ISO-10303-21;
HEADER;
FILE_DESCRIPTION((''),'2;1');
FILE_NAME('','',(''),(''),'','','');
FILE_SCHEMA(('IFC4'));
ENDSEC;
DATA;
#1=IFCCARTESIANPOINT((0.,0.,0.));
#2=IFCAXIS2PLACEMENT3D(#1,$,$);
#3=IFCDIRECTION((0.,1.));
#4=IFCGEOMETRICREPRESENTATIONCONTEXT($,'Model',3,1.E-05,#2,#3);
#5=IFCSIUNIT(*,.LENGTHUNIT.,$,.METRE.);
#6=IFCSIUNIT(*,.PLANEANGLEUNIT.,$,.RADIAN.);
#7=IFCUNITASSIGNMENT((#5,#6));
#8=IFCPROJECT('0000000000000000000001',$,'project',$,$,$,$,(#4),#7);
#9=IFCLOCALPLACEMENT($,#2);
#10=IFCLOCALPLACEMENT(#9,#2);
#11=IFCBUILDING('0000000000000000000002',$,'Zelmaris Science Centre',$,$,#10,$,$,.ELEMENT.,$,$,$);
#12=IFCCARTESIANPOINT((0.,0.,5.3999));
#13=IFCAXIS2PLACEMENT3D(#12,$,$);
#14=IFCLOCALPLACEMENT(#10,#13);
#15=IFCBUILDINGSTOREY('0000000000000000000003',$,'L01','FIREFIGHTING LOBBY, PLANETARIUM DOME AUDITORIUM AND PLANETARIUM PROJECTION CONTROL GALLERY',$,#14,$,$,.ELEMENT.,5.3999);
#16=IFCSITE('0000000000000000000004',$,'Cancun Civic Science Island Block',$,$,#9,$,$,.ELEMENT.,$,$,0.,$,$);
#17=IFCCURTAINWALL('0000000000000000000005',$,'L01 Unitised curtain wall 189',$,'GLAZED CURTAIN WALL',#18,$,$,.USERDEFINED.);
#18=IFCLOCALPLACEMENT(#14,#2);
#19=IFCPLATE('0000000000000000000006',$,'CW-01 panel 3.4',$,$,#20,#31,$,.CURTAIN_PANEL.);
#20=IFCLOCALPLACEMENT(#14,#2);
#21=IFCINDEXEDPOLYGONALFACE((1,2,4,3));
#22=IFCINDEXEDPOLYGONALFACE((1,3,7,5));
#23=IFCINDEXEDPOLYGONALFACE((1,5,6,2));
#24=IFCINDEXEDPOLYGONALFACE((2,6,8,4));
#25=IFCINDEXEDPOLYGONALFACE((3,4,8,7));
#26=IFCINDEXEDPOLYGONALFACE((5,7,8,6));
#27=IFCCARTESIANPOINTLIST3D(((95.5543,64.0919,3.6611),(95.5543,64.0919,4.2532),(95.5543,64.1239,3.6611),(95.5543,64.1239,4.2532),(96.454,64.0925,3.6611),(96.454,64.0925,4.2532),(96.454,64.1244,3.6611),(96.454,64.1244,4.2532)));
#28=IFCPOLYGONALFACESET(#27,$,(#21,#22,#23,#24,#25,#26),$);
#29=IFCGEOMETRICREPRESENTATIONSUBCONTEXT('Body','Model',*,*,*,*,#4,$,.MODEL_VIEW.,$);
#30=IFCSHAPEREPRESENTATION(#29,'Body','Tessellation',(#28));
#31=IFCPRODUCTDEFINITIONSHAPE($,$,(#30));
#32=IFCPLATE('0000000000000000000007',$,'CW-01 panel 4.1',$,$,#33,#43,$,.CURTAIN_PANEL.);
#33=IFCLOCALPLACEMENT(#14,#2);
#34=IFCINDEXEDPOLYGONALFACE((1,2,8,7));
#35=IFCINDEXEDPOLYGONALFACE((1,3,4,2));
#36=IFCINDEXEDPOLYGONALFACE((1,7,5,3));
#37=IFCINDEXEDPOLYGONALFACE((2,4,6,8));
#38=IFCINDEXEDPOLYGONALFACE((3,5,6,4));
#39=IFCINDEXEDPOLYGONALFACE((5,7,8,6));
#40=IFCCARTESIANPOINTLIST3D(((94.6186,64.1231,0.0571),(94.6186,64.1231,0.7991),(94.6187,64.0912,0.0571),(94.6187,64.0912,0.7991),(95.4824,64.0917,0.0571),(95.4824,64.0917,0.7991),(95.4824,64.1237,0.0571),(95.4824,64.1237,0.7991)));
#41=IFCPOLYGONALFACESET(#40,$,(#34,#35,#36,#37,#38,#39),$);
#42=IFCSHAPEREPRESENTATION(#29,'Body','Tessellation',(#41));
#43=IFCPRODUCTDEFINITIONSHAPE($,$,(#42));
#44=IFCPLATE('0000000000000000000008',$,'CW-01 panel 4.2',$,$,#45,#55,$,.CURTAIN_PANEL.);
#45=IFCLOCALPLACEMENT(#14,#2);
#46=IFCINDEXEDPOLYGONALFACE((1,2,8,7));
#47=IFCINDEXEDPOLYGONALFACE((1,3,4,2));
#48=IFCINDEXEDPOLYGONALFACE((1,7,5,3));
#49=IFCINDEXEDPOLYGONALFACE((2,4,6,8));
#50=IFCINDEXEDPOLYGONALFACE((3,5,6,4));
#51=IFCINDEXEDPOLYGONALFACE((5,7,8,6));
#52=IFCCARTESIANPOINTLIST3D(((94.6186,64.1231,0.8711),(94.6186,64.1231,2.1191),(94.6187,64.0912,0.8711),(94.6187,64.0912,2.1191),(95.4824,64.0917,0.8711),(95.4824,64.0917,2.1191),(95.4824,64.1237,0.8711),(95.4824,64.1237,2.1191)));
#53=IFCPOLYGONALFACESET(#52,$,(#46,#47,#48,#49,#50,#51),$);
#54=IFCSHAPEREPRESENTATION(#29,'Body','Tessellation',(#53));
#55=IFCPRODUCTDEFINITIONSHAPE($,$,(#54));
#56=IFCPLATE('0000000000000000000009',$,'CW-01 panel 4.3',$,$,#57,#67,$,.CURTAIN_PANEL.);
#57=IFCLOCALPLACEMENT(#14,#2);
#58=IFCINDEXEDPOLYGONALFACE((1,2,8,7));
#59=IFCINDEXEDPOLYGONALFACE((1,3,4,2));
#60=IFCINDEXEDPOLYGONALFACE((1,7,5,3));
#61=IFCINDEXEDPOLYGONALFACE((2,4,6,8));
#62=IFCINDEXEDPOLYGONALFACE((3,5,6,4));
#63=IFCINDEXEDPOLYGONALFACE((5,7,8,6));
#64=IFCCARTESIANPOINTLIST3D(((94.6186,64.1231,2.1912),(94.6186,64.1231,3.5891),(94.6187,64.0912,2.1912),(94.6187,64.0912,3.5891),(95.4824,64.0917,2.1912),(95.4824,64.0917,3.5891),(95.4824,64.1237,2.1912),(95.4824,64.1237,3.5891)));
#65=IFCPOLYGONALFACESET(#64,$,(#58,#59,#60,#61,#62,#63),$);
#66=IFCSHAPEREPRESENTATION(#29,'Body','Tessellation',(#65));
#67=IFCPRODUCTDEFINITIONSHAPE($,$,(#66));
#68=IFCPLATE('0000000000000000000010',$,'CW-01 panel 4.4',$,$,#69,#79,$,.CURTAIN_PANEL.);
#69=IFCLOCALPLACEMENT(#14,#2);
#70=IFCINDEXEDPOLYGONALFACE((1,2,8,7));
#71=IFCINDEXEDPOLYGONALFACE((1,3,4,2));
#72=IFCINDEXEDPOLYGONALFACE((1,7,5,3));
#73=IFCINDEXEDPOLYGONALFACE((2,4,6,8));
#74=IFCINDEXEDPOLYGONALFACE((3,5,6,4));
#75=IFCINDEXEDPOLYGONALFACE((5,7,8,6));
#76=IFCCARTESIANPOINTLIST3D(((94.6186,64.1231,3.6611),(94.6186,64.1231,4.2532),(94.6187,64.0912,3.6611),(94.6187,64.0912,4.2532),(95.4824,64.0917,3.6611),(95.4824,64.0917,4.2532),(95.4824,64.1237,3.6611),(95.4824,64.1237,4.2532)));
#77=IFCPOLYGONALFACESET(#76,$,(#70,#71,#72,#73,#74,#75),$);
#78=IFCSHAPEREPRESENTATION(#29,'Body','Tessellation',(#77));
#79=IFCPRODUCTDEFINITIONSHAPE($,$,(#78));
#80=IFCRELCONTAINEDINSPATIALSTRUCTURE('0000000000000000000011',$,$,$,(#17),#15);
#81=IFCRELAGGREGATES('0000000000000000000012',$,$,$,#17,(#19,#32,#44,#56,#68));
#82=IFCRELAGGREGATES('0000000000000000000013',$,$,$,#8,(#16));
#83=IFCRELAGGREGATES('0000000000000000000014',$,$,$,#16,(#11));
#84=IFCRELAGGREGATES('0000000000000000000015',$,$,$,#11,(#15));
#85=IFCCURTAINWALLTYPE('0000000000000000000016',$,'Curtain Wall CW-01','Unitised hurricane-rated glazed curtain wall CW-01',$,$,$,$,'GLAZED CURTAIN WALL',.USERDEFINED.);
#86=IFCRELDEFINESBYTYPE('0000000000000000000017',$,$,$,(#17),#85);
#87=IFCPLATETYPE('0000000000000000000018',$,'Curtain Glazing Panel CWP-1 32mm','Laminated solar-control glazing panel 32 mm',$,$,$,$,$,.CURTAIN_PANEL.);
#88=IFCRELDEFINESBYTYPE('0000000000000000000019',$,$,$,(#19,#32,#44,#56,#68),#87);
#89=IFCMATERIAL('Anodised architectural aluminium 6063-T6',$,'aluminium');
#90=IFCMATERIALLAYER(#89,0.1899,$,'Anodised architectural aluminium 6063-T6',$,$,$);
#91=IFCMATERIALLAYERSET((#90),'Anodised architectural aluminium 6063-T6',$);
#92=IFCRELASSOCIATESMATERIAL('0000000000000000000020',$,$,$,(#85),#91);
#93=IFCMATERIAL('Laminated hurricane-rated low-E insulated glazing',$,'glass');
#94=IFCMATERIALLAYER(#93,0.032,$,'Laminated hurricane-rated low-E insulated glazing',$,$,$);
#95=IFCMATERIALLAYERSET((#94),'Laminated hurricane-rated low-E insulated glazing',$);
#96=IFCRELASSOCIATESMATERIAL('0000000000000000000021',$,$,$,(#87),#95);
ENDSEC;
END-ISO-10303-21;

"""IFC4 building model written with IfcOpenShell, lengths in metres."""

from ifc_helpers import new_model, si_unit, direction, frame, origin, origin_2d, place, context, subcontext, project, spatial, rectangle, extrude, material, layer, layer_set, type_object, element, aggregate, save


model = new_model("IFC4")

# Units and contexts
model_context = context("Model", 3, precision=1e-05, world=origin(), true_north=direction((0.0, 1.0)))
body_context = subcontext(model_context, "Body", "Model", "MODEL_VIEW")
ifc_project = project(units=[si_unit("LENGTHUNIT", "METRE"), si_unit("PLANEANGLEUNIT", "RADIAN")], contexts=[model_context])

# Site, building, storey
site_placement = place(None, origin())
site = spatial("IfcSite", under=ifc_project, at=site_placement, Name="Cancun Civic Science Island Block", CompositionType="ELEMENT", RefElevation=0.0)
building_placement = place(site_placement, origin())
building = spatial("IfcBuilding", under=site, at=building_placement, Name="Zelmaris Science Centre", CompositionType="ELEMENT")
storey_placement = place(building_placement, frame((0.0, 0.0, 5.3999)))
storey = spatial("IfcBuildingStorey", under=building, at=storey_placement, Name="L01", Description="FIREFIGHTING LOBBY, PLANETARIUM DOME AUDITORIUM AND PLANETARIUM PROJECTION CONTROL GALLERY", CompositionType="ELEMENT", Elevation=5.3999)

# Curtain wall
ifc_material_1 = material(Name="Anodised architectural aluminium 6063-T6", Category="aluminium")
ifc_layer_1 = layer(ifc_material_1, 0.1899, Name="Anodised architectural aluminium 6063-T6")
ifc_layer_set_1 = layer_set([ifc_layer_1], Name="Anodised architectural aluminium 6063-T6")
curtain_wall_type = type_object("IfcCurtainWallType", Name="Curtain Wall CW-01", Description="Unitised hurricane-rated glazed curtain wall CW-01", ElementType="GLAZED CURTAIN WALL", PredefinedType="USERDEFINED", material=ifc_layer_set_1)
curtain_wall_placement = place(storey_placement, origin())
curtain_wall = element("IfcCurtainWall", 1, at=curtain_wall_placement, inside=storey, type_object=curtain_wall_type, Name="L01 Unitised curtain wall 189", ObjectType="GLAZED CURTAIN WALL", PredefinedType="USERDEFINED")

# Plates
ifc_material_2 = material(Name="Laminated hurricane-rated low-E insulated glazing", Category="glass")
ifc_layer_2 = layer(ifc_material_2, 0.032, Name="Laminated hurricane-rated low-E insulated glazing")
ifc_layer_set_2 = layer_set([ifc_layer_2], Name="Laminated hurricane-rated low-E insulated glazing")
plate_type = type_object("IfcPlateType", Name="Curtain Glazing Panel CWP-1 32mm", Description="Laminated solar-control glazing panel 32 mm", PredefinedType="CURTAIN_PANEL", material=ifc_layer_set_2)
plate_1_placement = place(storey_placement, frame((96.0042, 64.1082, 3.6611), z_axis=(0.0, 0.0, 1.0), x_axis=(-1.0, -0.000643, 0.0)))
plate_1 = element("IfcPlate", 2, at=plate_1_placement, type_object=plate_type, Name="CW-01 panel 3.4", PredefinedType="CURTAIN_PANEL", context=body_context, shape_type="SweptSolid", body=[
    extrude(rectangle(XDim=0.8997, YDim=0.032, at=origin_2d()), origin(), (0.0, 0.0, 1.0), 0.592),
])
plate_2_placement = place(storey_placement, frame((95.0505, 64.1074, 0.0571), z_axis=(0.0, 0.0, 1.0), x_axis=(-1.0, -0.000643, 0.0)))
plate_2 = element("IfcPlate", 3, at=plate_2_placement, type_object=plate_type, Name="CW-01 panel 4.1", PredefinedType="CURTAIN_PANEL", context=body_context, shape_type="SweptSolid", body=[
    extrude(rectangle(XDim=0.8638, YDim=0.032, at=origin_2d()), origin(), (0.0, 0.0, 1.0), 0.7419),
])
plate_3_placement = place(storey_placement, frame((95.0505, 64.1074, 0.8711), z_axis=(0.0, 0.0, 1.0), x_axis=(-1.0, -0.000643, 0.0)))
plate_3 = element("IfcPlate", 4, at=plate_3_placement, type_object=plate_type, Name="CW-01 panel 4.2", PredefinedType="CURTAIN_PANEL", context=body_context, shape_type="SweptSolid", body=[
    extrude(rectangle(XDim=0.8638, YDim=0.032, at=origin_2d()), origin(), (0.0, 0.0, 1.0), 1.248),
])
plate_4_placement = place(storey_placement, frame((95.0505, 64.1074, 2.1912), z_axis=(0.0, 0.0, 1.0), x_axis=(-1.0, -0.000643, 0.0)))
plate_4 = element("IfcPlate", 5, at=plate_4_placement, type_object=plate_type, Name="CW-01 panel 4.3", PredefinedType="CURTAIN_PANEL", context=body_context, shape_type="SweptSolid", body=[
    extrude(rectangle(XDim=0.8638, YDim=0.032, at=origin_2d()), origin(), (0.0, 0.0, 1.0), 1.3979),
])
plate_5_placement = place(storey_placement, frame((95.0505, 64.1074, 3.6611), z_axis=(0.0, 0.0, 1.0), x_axis=(-1.0, -0.000643, 0.0)))
plate_5 = element("IfcPlate", 6, at=plate_5_placement, type_object=plate_type, Name="CW-01 panel 4.4", PredefinedType="CURTAIN_PANEL", context=body_context, shape_type="SweptSolid", body=[
    extrude(rectangle(XDim=0.8638, YDim=0.032, at=origin_2d()), origin(), (0.0, 0.0, 1.0), 0.592),
])
aggregate(curtain_wall, [plate_1, plate_2, plate_3, plate_4, plate_5])

save(model, "model.ifc")
